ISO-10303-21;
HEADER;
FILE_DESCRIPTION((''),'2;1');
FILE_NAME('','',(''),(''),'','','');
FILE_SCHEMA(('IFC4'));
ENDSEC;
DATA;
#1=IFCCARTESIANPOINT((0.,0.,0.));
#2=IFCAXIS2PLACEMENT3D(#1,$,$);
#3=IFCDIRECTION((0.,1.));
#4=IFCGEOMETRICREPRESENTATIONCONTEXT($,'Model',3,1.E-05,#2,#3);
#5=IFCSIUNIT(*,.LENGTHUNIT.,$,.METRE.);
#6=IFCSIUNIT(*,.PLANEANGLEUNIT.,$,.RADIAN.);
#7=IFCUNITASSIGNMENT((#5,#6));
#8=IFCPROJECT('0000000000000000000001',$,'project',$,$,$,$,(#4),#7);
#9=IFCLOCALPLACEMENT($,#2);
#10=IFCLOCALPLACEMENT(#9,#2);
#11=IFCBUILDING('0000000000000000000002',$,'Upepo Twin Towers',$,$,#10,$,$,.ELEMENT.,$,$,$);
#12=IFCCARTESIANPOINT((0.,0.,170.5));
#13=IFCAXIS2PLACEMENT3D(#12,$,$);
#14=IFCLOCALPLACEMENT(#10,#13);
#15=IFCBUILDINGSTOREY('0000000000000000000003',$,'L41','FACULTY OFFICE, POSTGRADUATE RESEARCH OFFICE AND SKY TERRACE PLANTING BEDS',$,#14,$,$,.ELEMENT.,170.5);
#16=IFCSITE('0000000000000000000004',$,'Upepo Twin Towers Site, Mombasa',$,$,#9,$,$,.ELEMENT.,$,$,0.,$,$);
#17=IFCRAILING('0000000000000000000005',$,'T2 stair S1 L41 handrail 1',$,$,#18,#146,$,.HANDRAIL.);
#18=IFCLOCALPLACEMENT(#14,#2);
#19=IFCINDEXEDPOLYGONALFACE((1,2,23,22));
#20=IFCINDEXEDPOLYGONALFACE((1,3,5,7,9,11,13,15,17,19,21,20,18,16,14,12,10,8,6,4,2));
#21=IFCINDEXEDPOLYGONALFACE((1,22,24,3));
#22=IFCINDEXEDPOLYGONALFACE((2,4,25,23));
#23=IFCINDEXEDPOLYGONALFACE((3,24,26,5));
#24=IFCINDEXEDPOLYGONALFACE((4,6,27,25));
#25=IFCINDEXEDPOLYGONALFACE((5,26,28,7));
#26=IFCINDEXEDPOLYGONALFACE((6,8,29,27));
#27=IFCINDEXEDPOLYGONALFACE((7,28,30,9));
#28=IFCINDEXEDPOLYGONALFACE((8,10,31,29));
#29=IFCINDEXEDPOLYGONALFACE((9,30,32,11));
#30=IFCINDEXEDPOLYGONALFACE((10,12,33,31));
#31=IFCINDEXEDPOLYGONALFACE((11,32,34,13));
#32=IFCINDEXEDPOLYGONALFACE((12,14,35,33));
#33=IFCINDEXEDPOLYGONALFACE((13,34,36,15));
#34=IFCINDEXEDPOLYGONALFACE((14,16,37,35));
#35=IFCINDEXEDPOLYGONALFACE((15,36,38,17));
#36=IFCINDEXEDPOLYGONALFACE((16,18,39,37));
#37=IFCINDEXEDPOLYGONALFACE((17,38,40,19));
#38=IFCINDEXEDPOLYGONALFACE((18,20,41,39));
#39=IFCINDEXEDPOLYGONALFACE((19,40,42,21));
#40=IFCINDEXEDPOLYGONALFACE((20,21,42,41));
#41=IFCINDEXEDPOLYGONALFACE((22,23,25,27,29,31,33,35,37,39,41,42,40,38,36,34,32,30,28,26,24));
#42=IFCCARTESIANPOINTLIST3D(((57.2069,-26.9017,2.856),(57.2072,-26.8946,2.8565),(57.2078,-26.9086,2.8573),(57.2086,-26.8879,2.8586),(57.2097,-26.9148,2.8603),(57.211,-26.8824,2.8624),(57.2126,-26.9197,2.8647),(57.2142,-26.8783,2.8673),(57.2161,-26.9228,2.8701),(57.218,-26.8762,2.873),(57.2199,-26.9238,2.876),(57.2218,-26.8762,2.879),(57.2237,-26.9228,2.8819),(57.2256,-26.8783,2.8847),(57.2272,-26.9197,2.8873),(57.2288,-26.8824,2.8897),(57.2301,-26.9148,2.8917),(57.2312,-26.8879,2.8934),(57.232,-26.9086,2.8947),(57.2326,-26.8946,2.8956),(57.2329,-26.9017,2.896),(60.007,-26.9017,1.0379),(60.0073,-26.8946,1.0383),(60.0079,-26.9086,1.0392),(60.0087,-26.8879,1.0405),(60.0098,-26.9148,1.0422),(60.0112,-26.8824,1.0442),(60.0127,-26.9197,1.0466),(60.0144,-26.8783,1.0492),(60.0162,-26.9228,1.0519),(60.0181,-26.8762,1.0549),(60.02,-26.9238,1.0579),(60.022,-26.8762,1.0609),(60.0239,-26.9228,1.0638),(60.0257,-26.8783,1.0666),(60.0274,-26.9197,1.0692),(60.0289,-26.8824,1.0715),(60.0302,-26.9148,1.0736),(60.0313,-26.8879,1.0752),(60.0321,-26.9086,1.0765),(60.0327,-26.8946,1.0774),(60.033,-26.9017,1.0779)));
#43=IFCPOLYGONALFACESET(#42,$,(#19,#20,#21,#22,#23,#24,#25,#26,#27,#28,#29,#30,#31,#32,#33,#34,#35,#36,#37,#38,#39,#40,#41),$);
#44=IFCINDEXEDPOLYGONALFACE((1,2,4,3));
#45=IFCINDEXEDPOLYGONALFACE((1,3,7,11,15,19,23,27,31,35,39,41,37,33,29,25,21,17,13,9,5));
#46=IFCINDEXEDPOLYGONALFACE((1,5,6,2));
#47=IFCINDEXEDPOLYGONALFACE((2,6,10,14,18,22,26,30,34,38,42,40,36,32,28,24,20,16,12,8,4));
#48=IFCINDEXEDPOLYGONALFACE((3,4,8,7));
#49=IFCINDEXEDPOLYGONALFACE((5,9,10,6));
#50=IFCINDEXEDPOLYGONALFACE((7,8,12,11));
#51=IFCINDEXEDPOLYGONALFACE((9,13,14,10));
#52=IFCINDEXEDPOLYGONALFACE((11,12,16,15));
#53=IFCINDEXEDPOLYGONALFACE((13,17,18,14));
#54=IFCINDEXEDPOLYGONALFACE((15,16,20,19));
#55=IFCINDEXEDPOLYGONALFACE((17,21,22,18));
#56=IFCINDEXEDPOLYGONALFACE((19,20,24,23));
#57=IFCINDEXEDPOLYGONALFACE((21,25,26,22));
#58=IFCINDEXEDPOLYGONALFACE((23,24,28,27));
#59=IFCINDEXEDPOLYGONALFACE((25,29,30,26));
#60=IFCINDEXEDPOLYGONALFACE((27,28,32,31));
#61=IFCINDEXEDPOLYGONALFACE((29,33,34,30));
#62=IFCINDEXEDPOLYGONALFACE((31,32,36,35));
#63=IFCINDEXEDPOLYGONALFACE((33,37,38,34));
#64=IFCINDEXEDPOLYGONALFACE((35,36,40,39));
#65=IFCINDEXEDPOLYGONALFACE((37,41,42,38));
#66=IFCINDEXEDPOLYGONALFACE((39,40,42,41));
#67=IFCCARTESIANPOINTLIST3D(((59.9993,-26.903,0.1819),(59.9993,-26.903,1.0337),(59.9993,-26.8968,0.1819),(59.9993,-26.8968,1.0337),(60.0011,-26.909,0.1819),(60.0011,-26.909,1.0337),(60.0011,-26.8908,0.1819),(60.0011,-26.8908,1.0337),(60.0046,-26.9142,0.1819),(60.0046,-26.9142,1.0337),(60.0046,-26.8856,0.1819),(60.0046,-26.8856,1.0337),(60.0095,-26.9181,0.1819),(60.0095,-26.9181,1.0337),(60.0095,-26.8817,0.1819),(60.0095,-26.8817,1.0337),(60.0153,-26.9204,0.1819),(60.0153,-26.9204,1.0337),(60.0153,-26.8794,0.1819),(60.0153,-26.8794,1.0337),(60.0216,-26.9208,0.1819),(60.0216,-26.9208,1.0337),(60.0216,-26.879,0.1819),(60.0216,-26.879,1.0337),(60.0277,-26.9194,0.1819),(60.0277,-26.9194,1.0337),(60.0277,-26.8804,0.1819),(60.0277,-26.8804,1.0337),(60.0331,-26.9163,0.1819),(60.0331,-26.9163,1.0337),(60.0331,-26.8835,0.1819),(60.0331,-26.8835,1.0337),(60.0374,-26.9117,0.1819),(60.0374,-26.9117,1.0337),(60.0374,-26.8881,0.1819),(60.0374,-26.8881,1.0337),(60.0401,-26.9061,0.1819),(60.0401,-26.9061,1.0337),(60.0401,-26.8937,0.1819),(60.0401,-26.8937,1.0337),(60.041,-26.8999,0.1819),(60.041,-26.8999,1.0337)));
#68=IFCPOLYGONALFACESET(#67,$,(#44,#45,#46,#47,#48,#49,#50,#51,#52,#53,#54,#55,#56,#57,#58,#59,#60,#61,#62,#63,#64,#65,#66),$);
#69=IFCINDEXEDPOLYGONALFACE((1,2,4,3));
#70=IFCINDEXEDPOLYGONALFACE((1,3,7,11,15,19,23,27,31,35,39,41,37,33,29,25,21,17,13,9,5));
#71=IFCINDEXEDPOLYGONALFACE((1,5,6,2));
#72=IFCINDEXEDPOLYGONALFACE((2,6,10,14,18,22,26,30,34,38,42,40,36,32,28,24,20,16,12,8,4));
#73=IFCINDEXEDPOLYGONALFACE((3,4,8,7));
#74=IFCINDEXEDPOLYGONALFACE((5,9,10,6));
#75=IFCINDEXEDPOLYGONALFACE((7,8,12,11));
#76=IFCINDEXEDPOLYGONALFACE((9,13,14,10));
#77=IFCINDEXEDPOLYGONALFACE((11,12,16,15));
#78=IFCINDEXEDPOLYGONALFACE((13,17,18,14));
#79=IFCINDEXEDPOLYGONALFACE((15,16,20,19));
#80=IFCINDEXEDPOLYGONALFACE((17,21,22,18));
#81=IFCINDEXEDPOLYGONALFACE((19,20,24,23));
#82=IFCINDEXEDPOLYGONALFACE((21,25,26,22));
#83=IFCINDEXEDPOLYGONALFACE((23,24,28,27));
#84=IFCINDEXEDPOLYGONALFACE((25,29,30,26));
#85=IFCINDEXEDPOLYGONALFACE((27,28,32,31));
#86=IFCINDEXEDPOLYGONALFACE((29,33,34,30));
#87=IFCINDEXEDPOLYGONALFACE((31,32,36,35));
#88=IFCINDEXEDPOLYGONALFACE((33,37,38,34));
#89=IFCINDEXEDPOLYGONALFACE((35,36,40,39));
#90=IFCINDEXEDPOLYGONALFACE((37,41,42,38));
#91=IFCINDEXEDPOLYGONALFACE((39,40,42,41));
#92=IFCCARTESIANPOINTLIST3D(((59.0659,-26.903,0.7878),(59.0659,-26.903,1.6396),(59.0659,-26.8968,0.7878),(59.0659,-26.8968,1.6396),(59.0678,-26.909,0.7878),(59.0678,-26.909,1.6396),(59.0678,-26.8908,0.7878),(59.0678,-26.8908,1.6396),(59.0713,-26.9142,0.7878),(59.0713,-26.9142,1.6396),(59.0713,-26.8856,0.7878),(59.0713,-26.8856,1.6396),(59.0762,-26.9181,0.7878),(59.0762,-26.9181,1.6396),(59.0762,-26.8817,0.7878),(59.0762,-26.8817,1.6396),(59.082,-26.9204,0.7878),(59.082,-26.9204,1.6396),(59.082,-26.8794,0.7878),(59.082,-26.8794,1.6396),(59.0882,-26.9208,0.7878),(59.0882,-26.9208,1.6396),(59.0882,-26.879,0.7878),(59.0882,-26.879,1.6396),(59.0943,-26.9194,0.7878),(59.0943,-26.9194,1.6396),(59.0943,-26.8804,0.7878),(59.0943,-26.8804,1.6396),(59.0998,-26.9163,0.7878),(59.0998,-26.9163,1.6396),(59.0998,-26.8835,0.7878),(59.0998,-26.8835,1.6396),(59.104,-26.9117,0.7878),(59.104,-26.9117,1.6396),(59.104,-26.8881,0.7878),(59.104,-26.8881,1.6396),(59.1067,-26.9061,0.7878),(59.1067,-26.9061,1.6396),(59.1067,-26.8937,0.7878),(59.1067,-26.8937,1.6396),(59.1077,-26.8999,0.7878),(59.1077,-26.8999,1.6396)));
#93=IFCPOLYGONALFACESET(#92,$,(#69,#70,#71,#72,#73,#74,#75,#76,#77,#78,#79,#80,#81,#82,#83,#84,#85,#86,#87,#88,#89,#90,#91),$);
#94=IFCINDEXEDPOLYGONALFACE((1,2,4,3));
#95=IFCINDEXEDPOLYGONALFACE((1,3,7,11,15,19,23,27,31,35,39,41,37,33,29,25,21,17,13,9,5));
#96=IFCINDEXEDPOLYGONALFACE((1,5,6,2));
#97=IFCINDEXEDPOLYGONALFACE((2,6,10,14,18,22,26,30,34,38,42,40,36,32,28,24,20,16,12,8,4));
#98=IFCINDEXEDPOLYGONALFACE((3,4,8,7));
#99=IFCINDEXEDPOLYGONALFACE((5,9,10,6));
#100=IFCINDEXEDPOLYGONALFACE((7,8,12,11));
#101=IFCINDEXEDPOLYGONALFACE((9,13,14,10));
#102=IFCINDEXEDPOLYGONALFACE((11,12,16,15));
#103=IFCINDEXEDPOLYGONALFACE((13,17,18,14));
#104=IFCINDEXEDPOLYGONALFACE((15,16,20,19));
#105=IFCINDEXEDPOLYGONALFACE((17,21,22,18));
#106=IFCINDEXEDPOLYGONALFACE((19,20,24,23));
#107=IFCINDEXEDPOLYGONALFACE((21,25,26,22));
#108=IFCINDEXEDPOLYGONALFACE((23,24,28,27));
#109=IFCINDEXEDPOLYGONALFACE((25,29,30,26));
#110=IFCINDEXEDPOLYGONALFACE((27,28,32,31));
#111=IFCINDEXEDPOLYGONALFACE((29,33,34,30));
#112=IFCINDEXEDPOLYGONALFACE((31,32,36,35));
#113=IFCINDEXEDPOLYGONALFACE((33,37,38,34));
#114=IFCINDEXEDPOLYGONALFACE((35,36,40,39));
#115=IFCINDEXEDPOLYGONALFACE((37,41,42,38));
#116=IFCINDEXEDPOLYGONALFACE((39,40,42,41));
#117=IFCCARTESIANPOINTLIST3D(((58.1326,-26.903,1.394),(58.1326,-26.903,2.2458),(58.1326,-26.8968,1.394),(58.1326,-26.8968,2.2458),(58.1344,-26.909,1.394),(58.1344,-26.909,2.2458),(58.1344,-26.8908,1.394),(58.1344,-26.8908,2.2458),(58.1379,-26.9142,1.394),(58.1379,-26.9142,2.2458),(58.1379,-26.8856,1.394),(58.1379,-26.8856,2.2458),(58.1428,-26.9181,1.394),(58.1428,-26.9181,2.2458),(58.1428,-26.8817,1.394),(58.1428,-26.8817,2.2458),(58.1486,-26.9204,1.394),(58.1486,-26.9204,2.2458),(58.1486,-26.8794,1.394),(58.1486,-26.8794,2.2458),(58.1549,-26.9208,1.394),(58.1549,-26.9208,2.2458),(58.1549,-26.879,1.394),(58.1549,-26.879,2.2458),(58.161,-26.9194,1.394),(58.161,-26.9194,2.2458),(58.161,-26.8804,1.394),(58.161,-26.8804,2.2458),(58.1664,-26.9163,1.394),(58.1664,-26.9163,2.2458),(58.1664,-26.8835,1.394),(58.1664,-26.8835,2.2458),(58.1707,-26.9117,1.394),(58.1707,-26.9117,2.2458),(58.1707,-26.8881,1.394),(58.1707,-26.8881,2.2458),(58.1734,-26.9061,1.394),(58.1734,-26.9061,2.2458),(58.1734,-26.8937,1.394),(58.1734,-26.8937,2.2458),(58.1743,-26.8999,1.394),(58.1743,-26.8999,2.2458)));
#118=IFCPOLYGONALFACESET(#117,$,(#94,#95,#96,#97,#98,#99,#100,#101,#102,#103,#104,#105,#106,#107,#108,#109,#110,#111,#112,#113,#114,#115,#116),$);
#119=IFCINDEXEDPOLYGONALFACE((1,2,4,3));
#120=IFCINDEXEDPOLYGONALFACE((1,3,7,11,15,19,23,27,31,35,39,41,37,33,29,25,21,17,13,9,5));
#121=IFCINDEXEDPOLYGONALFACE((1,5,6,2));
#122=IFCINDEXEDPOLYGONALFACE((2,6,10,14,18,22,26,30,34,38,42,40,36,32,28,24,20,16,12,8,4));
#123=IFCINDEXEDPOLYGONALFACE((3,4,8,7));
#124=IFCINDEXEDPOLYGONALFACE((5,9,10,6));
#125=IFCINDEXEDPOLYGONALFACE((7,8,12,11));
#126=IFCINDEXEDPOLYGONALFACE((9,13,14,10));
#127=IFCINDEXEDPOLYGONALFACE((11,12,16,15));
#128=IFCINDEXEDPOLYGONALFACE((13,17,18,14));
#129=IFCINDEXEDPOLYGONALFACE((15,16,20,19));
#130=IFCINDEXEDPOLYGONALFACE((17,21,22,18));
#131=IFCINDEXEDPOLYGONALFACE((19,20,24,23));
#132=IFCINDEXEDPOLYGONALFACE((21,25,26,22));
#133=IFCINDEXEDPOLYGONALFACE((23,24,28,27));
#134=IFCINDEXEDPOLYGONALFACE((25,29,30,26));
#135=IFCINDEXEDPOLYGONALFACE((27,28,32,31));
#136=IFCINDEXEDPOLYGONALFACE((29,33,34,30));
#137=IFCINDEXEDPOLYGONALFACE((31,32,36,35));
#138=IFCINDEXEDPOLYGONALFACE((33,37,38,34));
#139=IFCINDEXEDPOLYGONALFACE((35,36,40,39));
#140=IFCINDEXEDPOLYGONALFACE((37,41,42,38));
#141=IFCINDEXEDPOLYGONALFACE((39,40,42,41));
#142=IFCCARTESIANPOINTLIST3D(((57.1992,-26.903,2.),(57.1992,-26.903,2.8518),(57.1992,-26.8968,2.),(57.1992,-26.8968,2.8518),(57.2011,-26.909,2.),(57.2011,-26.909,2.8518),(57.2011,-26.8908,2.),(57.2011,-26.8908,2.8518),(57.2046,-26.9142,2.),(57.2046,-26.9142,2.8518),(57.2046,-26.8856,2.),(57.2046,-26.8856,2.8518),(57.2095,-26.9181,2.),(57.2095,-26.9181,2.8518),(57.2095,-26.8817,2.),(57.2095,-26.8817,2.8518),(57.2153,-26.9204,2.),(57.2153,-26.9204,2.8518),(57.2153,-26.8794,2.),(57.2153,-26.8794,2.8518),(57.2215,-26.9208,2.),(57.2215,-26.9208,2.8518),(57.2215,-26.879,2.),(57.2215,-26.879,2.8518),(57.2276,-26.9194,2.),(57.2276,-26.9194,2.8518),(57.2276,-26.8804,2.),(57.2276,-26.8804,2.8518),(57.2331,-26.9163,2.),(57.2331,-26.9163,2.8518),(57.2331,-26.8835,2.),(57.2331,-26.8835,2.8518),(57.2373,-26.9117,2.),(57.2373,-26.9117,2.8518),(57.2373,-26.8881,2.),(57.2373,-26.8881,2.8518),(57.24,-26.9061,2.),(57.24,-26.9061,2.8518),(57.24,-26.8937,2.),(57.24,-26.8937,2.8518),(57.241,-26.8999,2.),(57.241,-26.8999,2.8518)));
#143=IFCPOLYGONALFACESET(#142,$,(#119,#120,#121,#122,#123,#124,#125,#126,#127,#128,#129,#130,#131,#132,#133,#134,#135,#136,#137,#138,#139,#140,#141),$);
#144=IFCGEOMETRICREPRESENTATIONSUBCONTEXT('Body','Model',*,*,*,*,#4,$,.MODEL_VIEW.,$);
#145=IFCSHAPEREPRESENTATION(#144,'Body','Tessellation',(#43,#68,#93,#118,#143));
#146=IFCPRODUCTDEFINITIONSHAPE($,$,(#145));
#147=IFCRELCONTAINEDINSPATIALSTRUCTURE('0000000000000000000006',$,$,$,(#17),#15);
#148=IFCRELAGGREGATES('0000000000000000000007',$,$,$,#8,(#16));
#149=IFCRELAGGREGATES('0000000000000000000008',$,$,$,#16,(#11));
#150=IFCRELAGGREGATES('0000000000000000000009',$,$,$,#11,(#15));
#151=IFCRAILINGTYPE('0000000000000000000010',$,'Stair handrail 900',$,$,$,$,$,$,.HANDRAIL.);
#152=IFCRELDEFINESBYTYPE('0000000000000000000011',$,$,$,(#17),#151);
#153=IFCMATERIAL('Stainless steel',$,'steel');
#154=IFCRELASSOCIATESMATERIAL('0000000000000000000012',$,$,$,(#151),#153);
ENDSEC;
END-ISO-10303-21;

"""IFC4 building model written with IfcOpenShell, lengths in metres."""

from ifc_helpers import new_model, si_unit, direction, frame, origin, origin_2d, place, context, subcontext, project, spatial, circle, extrude, material, type_object, element, save


model = new_model("IFC4")

# Units and contexts
model_context = context("Model", 3, precision=1e-05, world=origin(), true_north=direction((0.0, 1.0)))
body_context = subcontext(model_context, "Body", "Model", "MODEL_VIEW")
ifc_project = project(units=[si_unit("LENGTHUNIT", "METRE"), si_unit("PLANEANGLEUNIT", "RADIAN")], contexts=[model_context])

# Site, building, storey
site_placement = place(None, origin())
site = spatial("IfcSite", under=ifc_project, at=site_placement, Name="Upepo Twin Towers Site, Mombasa", CompositionType="ELEMENT", RefElevation=0.0)
building_placement = place(site_placement, origin())
building = spatial("IfcBuilding", under=site, at=building_placement, Name="Upepo Twin Towers", CompositionType="ELEMENT")
storey_placement = place(building_placement, frame((0.0, 0.0, 170.5)))
storey = spatial("IfcBuildingStorey", under=building, at=storey_placement, Name="L41", Description="FACULTY OFFICE, POSTGRADUATE RESEARCH OFFICE AND SKY TERRACE PLANTING BEDS", CompositionType="ELEMENT", Elevation=170.5)

# Railing
ifc_material_1 = material(Name="Stainless steel", Category="steel")
railing_type = type_object("IfcRailingType", Name="Stair handrail 900", PredefinedType="HANDRAIL", material=ifc_material_1)
railing_1_placement = place(storey_placement, frame((60.02, -26.8999, 0.1819)))
element("IfcRailing", 1, at=railing_1_placement, inside=storey, type_object=railing_type, Name="T2 stair S1 L41 handrail 1", PredefinedType="HANDRAIL", context=body_context, shape_type="SweptSolid", body=[
    extrude(circle(Radius=0.0239, at=origin_2d()), frame((0.0, 0.0, 0.876), z_axis=(-0.838706, 0.0, 0.544585), x_axis=(0.0, -1.0, 0.0)), (0.0, 0.0, 1.0), 3.3386),
    extrude(circle(Radius=0.021, at=origin_2d()), origin(), (0.0, 0.0, 1.0), 0.8518),
    extrude(circle(Radius=0.021, at=origin_2d()), frame((-0.9333, 0.0, 0.606)), (0.0, 0.0, 1.0), 0.8518),
    extrude(circle(Radius=0.021, at=origin_2d()), frame((-1.8667, 0.0, 1.2122)), (0.0, 0.0, 1.0), 0.8518),
    extrude(circle(Radius=0.021, at=origin_2d()), frame((-2.8, 0.0, 1.8181)), (0.0, 0.0, 1.0), 0.8518),
])

save(model, "model.ifc")
